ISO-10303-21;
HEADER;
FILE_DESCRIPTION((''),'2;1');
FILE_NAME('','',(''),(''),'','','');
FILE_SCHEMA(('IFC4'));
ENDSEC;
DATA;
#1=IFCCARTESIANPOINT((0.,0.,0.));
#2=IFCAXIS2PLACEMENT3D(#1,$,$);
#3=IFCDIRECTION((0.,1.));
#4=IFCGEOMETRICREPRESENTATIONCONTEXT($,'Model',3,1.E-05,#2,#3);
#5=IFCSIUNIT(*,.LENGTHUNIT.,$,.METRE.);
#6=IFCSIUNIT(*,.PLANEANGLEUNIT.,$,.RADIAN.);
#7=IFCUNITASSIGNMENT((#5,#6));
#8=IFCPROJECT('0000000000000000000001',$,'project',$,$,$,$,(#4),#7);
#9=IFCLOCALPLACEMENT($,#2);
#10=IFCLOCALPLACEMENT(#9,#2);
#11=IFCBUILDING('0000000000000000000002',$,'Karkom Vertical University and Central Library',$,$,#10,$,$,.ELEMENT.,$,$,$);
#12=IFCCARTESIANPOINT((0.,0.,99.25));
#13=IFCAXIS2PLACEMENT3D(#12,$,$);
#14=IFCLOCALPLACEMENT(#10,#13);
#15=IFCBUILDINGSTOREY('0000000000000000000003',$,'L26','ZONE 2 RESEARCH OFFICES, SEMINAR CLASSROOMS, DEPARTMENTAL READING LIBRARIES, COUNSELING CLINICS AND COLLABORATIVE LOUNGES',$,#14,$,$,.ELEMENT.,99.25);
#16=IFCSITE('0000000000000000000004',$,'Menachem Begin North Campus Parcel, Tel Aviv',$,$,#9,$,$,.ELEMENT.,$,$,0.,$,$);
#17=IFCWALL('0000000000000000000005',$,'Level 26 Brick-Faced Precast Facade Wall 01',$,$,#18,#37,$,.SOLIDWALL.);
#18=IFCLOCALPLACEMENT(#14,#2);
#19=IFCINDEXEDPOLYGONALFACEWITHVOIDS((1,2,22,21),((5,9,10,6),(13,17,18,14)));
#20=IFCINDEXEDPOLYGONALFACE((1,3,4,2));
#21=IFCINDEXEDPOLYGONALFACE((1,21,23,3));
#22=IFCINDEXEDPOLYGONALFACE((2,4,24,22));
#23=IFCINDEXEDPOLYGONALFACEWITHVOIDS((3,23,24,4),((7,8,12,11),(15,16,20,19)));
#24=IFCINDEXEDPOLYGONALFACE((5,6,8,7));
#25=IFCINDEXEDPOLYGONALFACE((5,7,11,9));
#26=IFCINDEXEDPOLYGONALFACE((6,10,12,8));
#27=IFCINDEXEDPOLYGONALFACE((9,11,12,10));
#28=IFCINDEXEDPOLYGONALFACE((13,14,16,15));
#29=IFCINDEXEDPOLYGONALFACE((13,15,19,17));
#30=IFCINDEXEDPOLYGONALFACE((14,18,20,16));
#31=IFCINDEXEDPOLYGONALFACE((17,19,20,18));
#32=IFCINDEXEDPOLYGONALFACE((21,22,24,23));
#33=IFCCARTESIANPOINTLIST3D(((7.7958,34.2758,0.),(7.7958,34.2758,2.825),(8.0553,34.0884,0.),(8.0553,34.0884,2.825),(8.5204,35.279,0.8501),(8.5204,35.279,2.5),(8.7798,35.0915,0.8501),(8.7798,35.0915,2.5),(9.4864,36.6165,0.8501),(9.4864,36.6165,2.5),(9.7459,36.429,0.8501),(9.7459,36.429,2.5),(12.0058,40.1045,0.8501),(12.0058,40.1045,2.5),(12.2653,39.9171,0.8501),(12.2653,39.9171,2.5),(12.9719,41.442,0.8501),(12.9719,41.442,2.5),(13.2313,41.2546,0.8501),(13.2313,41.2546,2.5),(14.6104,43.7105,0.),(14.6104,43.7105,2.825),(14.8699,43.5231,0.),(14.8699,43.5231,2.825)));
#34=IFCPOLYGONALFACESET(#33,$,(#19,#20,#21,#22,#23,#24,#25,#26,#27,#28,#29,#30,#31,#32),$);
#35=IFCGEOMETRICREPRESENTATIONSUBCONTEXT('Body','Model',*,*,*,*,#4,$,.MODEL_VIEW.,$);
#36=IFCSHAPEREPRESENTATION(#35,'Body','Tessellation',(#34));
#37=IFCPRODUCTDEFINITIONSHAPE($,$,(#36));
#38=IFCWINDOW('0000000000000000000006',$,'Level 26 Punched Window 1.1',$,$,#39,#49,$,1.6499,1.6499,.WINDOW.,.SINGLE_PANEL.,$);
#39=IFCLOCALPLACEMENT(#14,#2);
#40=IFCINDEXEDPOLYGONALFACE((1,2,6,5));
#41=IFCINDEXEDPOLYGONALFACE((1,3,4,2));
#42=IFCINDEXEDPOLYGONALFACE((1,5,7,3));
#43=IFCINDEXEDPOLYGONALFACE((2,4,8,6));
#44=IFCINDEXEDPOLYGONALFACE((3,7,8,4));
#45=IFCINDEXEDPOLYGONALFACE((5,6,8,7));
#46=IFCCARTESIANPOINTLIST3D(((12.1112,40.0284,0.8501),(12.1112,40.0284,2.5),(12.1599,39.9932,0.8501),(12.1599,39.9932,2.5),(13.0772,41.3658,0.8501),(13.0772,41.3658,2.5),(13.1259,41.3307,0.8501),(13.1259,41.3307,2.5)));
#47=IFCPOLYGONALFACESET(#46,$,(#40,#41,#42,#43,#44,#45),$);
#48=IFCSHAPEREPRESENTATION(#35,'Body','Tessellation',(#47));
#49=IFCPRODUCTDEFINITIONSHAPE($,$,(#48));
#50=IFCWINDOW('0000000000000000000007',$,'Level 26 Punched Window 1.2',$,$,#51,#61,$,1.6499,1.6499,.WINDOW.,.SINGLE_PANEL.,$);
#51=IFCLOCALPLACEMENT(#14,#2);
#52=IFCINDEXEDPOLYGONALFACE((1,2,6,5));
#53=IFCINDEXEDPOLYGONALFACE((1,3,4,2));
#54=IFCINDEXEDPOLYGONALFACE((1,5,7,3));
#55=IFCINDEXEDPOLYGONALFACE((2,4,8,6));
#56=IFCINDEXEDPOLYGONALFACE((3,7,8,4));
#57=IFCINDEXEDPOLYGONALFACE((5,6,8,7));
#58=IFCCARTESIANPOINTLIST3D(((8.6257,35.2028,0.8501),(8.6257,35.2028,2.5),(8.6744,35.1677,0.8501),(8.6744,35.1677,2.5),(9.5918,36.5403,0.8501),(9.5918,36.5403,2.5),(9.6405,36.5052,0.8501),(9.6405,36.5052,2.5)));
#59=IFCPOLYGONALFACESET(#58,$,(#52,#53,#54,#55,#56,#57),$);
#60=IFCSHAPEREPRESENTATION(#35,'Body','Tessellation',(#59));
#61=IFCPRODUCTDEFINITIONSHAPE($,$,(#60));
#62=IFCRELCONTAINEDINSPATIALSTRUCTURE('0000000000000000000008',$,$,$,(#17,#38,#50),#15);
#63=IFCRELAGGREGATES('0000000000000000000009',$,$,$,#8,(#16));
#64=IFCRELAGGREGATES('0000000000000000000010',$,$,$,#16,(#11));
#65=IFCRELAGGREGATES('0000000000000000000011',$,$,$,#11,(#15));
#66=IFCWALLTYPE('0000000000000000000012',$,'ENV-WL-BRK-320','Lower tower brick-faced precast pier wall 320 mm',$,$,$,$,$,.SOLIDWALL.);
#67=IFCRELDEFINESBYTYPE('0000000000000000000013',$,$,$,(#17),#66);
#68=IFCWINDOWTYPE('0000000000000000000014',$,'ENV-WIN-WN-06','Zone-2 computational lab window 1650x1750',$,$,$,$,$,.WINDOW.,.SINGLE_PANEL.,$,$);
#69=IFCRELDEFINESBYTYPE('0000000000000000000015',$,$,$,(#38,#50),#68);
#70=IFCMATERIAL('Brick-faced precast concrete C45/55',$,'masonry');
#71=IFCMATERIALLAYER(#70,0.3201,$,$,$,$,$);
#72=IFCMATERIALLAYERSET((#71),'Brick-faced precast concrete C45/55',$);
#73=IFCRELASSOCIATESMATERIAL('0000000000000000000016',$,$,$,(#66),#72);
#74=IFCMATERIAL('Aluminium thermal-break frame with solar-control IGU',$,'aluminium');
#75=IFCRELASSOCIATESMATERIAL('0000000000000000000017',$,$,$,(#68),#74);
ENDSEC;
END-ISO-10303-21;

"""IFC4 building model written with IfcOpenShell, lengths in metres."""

from ifc_helpers import new_model, si_unit, direction, frame, frame_2d, origin, origin_with_axes, place, context, subcontext, project, spatial, rectangle, extrude, source, transform, mapped, material, layer, layer_set, type_object, element, fill, save


model = new_model("IFC4")

# Units and contexts
model_context = context("Model", 3, precision=1e-05, world=origin(), true_north=direction((0.0, 1.0)))
body_context = subcontext(model_context, "Body", "Model", "MODEL_VIEW")
ifc_project = project(units=[si_unit("LENGTHUNIT", "METRE"), si_unit("PLANEANGLEUNIT", "RADIAN")], contexts=[model_context])

# Site, building, storey
site_placement = place(None, origin())
site = spatial("IfcSite", under=ifc_project, at=site_placement, Name="Menachem Begin North Campus Parcel, Tel Aviv", CompositionType="ELEMENT", RefElevation=0.0)
building_placement = place(site_placement, origin())
building = spatial("IfcBuilding", under=site, at=building_placement, Name="Karkom Vertical University and Central Library", CompositionType="ELEMENT")
storey_placement = place(building_placement, frame((0.0, 0.0, 99.25)))
storey = spatial("IfcBuildingStorey", under=building, at=storey_placement, Name="L26", Description="ZONE 2 RESEARCH OFFICES, SEMINAR CLASSROOMS, DEPARTMENTAL READING LIBRARIES, COUNSELING CLINICS AND COLLABORATIVE LOUNGES", CompositionType="ELEMENT", Elevation=99.25)

# Wall, openings, windows
ifc_material_1 = material(Name="Brick-faced precast concrete C45/55", Category="masonry")
ifc_layer_1 = layer(ifc_material_1, 0.3201)
ifc_layer_set_1 = layer_set([ifc_layer_1], Name="Brick-faced precast concrete C45/55")
wall_type_1 = type_object("IfcWallType", Name="ENV-WL-BRK-320", Description="Lower tower brick-faced precast pier wall 320 mm", PredefinedType="SOLIDWALL", material=ifc_layer_set_1)
wall_1_placement = place(storey_placement, frame((14.7402, 43.6169, 0.0), z_axis=(0.0, 0.0, 1.0), x_axis=(-0.585528, -0.810652, 0.0)))
wall_1 = element("IfcWall", 1, at=wall_1_placement, inside=storey, type_object=wall_type_1, Name="Level 26 Brick-Faced Precast Facade Wall 01", PredefinedType="SOLIDWALL", context=body_context, shape_type="SweptSolid", body=[
    extrude(rectangle(XDim=11.6384, YDim=0.3201, at=frame_2d((5.8193, 0.0))), origin(), (0.0, 0.0, 1.0), 2.825),
])
opening_1_placement = place(wall_1_placement, frame((2.7986, 0.0, 0.8501)))
opening_1 = element("IfcOpeningElement", 2, at=opening_1_placement, cuts=wall_1, PredefinedType="OPENING", context=body_context, shape_type="SweptSolid", body=[
    extrude(rectangle(XDim=1.6499, YDim=1.6499, at=frame_2d((0.825, 0.825))), frame((0.0, 0.1699, 0.0), z_axis=(0.0, -1.0, 0.0), x_axis=(1.0, 0.0, 0.0)), (0.0, 0.0, 1.0), 0.3401),
])
opening_2_placement = place(wall_1_placement, frame((8.7512, 0.0, 0.8501)))
opening_2 = element("IfcOpeningElement", 3, at=opening_2_placement, cuts=wall_1, PredefinedType="OPENING", context=body_context, shape_type="SweptSolid", body=[
    extrude(rectangle(XDim=1.6499, YDim=1.6499, at=frame_2d((0.825, 0.825))), frame((0.0, 0.1699, 0.0), z_axis=(0.0, -1.0, 0.0), x_axis=(1.0, 0.0, 0.0)), (0.0, 0.0, 1.0), 0.3401),
])
ifc_material_2 = material(Name="Aluminium thermal-break frame with solar-control IGU", Category="aluminium")
window_type = type_object("IfcWindowType", Name="ENV-WIN-WN-06", Description="Zone-2 computational lab window 1650x1750", PartitioningType="SINGLE_PANEL", PredefinedType="WINDOW", material=ifc_material_2)
shared_shape_1 = source(origin_with_axes(), body_context, "Body", "SweptSolid", [
    extrude(rectangle(XDim=1.6499, YDim=1.6499, at=frame_2d((0.825, 0.825))), frame((0.0, 0.03, 0.0), z_axis=(0.0, -1.0, 0.0), x_axis=(1.0, 0.0, 0.0)), (0.0, 0.0, 1.0), 0.0601),
])
window_1_placement = place(opening_1_placement, origin())
window_1 = element("IfcWindow", 4, at=window_1_placement, inside=storey, type_object=window_type, Name="Level 26 Punched Window 1.1", OverallHeight=1.6499, OverallWidth=1.6499, PartitioningType="SINGLE_PANEL", PredefinedType="WINDOW", context=body_context, shape_type="MappedRepresentation", body=[
    mapped(shared_shape_1, transform((0.0, 0.0, 0.0), scale=1.0)),
])
fill(opening_1, window_1)
window_2_placement = place(opening_2_placement, origin())
window_2 = element("IfcWindow", 5, at=window_2_placement, inside=storey, type_object=window_type, Name="Level 26 Punched Window 1.2", OverallHeight=1.6499, OverallWidth=1.6499, PartitioningType="SINGLE_PANEL", PredefinedType="WINDOW", context=body_context, shape_type="MappedRepresentation", body=[
    mapped(shared_shape_1, transform((0.0, 0.0, 0.0), scale=1.0)),
])
fill(opening_2, window_2)

save(model, "model.ifc")
